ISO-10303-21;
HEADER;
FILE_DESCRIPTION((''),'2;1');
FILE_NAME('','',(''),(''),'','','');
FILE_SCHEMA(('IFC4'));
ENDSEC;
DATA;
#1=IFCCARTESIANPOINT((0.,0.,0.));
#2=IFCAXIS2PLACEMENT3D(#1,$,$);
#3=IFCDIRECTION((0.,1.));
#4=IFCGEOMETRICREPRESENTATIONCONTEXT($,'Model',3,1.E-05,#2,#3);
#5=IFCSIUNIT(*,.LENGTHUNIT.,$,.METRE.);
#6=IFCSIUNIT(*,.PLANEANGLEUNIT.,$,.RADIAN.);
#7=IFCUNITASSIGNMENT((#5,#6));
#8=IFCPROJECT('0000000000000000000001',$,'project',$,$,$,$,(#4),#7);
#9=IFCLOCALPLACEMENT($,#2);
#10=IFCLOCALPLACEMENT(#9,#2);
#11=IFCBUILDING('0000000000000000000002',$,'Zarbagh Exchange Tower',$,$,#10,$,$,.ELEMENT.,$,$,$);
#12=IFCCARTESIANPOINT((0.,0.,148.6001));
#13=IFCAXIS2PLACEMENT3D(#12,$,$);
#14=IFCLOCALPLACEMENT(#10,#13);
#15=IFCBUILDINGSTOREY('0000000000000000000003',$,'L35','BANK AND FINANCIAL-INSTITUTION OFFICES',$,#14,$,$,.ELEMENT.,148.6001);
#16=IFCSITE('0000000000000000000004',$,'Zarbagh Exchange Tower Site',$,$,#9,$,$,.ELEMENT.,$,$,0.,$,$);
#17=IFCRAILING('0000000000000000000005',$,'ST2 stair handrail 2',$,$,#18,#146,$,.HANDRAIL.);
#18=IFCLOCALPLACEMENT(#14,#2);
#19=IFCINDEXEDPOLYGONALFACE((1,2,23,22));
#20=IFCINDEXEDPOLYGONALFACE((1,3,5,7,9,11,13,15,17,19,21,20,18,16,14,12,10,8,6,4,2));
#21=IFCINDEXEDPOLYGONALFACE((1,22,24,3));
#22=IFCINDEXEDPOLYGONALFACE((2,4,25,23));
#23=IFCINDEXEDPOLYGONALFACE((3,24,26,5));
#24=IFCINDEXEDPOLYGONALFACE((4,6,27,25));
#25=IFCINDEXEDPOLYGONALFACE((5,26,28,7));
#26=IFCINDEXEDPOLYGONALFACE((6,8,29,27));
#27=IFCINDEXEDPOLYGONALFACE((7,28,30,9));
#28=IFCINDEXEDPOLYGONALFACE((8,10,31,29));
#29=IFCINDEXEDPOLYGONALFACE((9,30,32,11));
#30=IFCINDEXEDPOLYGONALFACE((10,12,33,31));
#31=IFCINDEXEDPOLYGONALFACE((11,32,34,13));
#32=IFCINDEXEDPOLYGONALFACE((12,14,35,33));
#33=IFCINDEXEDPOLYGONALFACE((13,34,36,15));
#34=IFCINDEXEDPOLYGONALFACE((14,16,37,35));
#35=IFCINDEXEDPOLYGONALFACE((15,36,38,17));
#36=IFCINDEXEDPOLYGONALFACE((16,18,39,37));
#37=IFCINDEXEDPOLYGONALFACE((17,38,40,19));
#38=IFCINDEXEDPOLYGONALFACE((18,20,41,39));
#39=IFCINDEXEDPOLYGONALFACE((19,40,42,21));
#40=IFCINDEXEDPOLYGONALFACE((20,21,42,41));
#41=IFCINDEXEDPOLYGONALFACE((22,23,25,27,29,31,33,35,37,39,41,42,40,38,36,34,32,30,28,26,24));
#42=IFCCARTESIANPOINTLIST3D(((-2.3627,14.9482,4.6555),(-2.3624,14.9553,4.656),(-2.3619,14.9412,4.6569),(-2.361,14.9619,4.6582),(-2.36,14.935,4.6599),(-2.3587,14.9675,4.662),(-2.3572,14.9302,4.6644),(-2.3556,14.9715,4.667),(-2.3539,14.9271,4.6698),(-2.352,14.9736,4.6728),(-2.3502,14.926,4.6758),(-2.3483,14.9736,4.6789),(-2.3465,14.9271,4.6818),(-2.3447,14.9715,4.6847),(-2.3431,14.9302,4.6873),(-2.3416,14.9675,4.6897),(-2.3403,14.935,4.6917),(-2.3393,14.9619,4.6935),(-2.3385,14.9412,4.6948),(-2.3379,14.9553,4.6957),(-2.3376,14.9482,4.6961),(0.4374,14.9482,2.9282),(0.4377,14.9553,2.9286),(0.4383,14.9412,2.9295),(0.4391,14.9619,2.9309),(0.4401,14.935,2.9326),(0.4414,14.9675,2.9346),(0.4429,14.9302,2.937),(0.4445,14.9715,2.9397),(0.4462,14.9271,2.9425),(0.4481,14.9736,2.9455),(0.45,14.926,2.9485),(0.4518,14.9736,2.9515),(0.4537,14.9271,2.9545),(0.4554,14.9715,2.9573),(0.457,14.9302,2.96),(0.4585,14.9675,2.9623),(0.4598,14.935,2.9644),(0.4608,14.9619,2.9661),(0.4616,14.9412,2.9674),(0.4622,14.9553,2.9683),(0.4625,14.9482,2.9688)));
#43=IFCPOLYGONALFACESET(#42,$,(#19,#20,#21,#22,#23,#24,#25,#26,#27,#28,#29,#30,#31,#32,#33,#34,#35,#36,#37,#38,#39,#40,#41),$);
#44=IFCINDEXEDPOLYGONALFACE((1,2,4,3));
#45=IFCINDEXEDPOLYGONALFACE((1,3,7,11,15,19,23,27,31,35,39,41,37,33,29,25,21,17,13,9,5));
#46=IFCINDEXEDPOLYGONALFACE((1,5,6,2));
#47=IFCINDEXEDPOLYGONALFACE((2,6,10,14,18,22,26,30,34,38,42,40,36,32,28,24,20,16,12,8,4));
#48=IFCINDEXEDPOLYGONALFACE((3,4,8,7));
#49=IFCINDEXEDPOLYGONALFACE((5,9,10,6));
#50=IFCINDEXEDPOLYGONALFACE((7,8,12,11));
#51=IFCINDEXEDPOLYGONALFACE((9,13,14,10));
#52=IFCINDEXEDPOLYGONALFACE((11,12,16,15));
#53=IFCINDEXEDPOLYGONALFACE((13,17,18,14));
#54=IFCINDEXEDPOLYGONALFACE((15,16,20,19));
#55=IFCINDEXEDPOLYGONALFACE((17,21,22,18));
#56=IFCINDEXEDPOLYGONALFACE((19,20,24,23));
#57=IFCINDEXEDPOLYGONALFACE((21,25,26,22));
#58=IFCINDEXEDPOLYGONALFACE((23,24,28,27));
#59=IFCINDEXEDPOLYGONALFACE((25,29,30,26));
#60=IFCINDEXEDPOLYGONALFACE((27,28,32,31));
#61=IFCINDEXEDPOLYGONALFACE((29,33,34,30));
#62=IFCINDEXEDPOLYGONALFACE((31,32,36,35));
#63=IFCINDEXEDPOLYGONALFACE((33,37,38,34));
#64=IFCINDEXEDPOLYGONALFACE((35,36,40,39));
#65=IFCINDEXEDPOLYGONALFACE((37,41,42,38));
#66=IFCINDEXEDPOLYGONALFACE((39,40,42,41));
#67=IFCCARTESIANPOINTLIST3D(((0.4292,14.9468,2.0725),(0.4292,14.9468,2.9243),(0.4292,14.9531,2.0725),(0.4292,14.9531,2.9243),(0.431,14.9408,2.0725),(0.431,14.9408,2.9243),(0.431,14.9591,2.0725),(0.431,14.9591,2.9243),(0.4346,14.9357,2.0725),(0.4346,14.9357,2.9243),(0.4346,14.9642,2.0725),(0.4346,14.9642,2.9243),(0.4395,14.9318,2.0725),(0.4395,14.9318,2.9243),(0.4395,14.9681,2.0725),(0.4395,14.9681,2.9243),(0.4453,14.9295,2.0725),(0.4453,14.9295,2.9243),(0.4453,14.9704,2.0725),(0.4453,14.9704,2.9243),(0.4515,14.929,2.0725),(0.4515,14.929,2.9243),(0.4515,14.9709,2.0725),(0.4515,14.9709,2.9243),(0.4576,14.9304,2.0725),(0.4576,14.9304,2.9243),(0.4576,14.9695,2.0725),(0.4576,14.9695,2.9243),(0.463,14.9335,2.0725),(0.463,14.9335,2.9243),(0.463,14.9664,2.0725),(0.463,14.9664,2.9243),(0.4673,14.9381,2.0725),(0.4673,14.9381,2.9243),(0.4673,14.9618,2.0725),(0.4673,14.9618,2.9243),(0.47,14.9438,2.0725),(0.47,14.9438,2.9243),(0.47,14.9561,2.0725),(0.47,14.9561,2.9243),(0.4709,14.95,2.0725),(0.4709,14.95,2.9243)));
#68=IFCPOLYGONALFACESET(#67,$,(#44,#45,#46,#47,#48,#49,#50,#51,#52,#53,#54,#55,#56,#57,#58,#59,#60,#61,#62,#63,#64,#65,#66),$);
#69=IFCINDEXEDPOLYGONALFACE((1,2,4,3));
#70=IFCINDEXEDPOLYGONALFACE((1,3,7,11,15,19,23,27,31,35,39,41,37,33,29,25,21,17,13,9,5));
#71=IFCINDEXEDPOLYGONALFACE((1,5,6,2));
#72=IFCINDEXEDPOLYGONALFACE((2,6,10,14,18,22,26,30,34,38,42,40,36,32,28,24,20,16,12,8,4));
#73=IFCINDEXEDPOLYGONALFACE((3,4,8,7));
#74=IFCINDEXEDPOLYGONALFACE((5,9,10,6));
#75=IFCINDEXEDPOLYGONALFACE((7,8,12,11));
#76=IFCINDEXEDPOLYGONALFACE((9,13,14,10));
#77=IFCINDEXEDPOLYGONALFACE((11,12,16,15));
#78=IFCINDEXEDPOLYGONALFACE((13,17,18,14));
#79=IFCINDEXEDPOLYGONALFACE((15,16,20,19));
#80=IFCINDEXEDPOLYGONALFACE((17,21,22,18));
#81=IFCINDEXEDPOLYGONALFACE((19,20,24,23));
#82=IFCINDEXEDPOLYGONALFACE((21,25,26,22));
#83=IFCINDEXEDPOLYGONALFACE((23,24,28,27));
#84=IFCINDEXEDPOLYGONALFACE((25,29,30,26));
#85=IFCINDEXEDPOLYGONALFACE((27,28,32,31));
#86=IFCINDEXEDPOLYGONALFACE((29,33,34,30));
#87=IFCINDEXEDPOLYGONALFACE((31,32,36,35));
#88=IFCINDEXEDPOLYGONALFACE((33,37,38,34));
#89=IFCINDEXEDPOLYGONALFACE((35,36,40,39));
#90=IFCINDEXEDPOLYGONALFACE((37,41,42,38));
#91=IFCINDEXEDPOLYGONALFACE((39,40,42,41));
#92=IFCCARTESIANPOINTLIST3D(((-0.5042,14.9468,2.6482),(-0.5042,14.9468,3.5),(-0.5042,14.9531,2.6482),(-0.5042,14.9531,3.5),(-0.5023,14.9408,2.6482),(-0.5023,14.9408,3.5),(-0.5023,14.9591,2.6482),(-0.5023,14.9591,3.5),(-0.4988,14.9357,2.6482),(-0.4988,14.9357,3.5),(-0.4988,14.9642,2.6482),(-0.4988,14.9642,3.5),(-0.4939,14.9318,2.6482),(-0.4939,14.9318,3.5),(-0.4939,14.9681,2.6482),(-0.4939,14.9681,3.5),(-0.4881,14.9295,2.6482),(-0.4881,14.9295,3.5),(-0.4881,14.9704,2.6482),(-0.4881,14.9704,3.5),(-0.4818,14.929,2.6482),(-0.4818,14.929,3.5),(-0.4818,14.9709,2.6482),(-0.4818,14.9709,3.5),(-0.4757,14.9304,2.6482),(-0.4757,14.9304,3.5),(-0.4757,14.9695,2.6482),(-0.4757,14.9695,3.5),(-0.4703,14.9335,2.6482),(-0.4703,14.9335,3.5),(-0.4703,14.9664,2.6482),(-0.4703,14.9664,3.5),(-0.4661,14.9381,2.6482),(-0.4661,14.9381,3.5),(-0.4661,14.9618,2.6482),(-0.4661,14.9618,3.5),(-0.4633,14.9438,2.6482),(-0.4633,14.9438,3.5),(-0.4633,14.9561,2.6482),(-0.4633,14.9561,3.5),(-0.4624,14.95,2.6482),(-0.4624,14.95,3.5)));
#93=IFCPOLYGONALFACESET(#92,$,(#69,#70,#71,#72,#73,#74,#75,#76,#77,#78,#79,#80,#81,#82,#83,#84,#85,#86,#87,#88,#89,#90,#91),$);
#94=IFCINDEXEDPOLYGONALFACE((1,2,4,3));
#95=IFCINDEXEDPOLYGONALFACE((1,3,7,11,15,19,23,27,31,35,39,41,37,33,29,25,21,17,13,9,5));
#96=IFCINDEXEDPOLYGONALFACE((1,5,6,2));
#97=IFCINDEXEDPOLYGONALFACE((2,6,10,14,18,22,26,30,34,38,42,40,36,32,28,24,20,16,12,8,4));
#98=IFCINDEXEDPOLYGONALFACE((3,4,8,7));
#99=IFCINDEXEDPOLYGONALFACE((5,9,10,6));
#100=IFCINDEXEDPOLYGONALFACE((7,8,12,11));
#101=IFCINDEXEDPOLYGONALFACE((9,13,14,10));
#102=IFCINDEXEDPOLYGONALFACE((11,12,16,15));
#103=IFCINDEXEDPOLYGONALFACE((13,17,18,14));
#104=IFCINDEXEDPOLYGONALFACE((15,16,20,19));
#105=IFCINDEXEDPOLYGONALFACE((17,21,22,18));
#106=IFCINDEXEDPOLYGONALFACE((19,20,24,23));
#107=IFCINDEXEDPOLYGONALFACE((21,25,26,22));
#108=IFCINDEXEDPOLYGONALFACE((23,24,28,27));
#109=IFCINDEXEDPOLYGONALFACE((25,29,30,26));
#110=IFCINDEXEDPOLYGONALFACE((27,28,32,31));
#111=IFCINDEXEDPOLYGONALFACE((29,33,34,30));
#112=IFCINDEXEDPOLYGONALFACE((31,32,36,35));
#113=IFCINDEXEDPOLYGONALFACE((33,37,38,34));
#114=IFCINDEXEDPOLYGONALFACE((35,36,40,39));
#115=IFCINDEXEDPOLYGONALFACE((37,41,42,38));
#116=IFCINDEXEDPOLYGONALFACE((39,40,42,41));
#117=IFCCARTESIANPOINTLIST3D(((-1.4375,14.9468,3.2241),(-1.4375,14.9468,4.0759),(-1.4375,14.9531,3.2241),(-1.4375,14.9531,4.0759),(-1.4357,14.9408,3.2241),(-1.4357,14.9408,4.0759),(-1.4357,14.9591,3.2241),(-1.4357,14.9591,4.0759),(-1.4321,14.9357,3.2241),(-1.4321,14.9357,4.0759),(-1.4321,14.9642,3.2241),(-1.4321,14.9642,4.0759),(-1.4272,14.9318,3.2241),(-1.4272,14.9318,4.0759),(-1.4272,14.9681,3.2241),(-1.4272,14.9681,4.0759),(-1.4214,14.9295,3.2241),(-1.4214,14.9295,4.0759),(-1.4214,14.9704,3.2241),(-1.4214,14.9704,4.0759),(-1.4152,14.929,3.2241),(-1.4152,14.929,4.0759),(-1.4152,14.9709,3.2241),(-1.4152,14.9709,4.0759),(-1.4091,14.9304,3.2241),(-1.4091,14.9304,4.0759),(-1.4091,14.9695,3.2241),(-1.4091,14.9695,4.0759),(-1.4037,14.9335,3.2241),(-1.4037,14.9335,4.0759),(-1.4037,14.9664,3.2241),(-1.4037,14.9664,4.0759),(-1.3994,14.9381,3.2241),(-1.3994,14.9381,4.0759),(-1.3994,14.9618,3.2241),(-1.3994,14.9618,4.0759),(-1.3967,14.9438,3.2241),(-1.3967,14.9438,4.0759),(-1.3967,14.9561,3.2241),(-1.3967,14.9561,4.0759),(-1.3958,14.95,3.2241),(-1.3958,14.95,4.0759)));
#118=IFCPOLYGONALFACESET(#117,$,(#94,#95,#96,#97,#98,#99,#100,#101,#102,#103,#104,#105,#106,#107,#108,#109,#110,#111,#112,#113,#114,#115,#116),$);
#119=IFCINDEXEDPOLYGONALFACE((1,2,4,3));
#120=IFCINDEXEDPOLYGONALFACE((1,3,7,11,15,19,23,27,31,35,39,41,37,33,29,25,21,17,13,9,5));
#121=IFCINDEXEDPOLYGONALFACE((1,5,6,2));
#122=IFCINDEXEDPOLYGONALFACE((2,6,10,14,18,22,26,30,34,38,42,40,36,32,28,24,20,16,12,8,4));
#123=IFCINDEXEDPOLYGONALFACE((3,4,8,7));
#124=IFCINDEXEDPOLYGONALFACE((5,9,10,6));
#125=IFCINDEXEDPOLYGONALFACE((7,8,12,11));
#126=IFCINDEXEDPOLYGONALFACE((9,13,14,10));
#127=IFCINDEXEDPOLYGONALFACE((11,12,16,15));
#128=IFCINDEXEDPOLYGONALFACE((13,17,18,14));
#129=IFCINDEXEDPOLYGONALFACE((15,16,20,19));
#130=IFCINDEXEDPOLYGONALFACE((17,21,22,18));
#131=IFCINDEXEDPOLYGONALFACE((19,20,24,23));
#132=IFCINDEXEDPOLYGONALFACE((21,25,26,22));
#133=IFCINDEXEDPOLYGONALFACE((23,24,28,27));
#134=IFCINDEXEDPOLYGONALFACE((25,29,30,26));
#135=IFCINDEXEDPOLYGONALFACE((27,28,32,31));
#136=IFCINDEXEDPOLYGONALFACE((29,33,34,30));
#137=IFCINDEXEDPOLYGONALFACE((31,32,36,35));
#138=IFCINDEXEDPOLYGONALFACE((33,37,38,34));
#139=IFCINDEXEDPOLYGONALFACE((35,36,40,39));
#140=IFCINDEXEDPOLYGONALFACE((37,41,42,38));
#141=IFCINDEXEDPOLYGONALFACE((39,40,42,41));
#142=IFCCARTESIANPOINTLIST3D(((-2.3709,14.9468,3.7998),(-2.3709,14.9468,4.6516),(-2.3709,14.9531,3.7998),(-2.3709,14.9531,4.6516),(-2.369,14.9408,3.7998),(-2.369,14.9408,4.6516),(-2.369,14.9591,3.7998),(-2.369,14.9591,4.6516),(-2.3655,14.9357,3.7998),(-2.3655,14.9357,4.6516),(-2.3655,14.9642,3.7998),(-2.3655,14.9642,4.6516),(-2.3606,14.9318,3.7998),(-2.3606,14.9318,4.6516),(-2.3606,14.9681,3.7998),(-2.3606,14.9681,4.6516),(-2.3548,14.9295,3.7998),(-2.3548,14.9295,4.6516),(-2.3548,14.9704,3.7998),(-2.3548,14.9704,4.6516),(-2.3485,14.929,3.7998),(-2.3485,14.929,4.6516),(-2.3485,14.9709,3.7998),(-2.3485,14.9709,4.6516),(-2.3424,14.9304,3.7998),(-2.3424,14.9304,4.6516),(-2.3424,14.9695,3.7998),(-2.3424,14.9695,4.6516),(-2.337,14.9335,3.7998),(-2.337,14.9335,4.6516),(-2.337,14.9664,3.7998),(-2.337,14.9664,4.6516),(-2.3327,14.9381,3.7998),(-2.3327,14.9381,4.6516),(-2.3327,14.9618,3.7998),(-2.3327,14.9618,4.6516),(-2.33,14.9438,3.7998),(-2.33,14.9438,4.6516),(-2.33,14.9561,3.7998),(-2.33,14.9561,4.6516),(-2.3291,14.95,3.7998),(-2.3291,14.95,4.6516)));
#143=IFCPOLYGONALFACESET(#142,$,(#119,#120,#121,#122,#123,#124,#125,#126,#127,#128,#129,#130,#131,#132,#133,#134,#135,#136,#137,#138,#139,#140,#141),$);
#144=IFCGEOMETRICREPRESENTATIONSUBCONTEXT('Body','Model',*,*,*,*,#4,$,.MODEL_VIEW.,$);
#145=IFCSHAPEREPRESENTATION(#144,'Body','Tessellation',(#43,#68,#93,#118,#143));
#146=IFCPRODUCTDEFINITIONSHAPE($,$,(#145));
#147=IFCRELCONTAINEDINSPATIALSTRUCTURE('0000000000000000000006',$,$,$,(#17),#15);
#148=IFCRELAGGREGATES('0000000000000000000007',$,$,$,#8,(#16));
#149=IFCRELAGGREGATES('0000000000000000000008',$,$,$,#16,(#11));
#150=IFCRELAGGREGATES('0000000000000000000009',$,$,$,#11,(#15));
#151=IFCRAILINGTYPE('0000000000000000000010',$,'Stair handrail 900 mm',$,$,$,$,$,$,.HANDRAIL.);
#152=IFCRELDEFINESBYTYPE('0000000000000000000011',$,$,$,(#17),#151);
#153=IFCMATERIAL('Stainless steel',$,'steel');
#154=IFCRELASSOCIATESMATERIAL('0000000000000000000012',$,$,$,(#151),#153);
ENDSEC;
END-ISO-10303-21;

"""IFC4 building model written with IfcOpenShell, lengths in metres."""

from ifc_helpers import new_model, si_unit, direction, frame, origin, origin_2d, place, context, subcontext, project, spatial, circle, extrude, material, type_object, element, save


model = new_model("IFC4")

# Units and contexts
model_context = context("Model", 3, precision=1e-05, world=origin(), true_north=direction((0.0, 1.0)))
body_context = subcontext(model_context, "Body", "Model", "MODEL_VIEW")
ifc_project = project(units=[si_unit("LENGTHUNIT", "METRE"), si_unit("PLANEANGLEUNIT", "RADIAN")], contexts=[model_context])

# Site, building, storey
site_placement = place(None, origin())
site = spatial("IfcSite", under=ifc_project, at=site_placement, Name="Zarbagh Exchange Tower Site", CompositionType="ELEMENT", RefElevation=0.0)
building_placement = place(site_placement, origin())
building = spatial("IfcBuilding", under=site, at=building_placement, Name="Zarbagh Exchange Tower", CompositionType="ELEMENT")
storey_placement = place(building_placement, frame((0.0, 0.0, 148.6001)))
storey = spatial("IfcBuildingStorey", under=building, at=storey_placement, Name="L35", Description="BANK AND FINANCIAL-INSTITUTION OFFICES", CompositionType="ELEMENT", Elevation=148.6001)

# Railing
ifc_material_1 = material(Name="Stainless steel", Category="steel")
railing_type_1 = type_object("IfcRailingType", Name="Stair handrail 900 mm", PredefinedType="HANDRAIL", material=ifc_material_1)
railing_1_placement = place(storey_placement, frame((0.45, 14.95, 2.0725)))
element("IfcRailing", 1, at=railing_1_placement, inside=storey, type_object=railing_type_1, Name="ST2 stair handrail 2", PredefinedType="HANDRAIL", context=body_context, shape_type="SweptSolid", body=[
    extrude(circle(Radius=0.0239, at=origin_2d()), frame((0.0, 0.0, 0.876), z_axis=(-0.85109, 0.0, 0.52502), x_axis=(0.0, -1.0, 0.0)), (0.0, 0.0, 1.0), 3.29),
    extrude(circle(Radius=0.021, at=origin_2d()), origin(), (0.0, 0.0, 1.0), 0.8518),
    extrude(circle(Radius=0.021, at=origin_2d()), frame((-0.9333, 0.0, 0.5757)), (0.0, 0.0, 1.0), 0.8518),
    extrude(circle(Radius=0.021, at=origin_2d()), frame((-1.8667, 0.0, 1.1516)), (0.0, 0.0, 1.0), 0.8518),
    extrude(circle(Radius=0.021, at=origin_2d()), frame((-2.8, 0.0, 1.7273)), (0.0, 0.0, 1.0), 0.8518),
])

save(model, "model.ifc")
